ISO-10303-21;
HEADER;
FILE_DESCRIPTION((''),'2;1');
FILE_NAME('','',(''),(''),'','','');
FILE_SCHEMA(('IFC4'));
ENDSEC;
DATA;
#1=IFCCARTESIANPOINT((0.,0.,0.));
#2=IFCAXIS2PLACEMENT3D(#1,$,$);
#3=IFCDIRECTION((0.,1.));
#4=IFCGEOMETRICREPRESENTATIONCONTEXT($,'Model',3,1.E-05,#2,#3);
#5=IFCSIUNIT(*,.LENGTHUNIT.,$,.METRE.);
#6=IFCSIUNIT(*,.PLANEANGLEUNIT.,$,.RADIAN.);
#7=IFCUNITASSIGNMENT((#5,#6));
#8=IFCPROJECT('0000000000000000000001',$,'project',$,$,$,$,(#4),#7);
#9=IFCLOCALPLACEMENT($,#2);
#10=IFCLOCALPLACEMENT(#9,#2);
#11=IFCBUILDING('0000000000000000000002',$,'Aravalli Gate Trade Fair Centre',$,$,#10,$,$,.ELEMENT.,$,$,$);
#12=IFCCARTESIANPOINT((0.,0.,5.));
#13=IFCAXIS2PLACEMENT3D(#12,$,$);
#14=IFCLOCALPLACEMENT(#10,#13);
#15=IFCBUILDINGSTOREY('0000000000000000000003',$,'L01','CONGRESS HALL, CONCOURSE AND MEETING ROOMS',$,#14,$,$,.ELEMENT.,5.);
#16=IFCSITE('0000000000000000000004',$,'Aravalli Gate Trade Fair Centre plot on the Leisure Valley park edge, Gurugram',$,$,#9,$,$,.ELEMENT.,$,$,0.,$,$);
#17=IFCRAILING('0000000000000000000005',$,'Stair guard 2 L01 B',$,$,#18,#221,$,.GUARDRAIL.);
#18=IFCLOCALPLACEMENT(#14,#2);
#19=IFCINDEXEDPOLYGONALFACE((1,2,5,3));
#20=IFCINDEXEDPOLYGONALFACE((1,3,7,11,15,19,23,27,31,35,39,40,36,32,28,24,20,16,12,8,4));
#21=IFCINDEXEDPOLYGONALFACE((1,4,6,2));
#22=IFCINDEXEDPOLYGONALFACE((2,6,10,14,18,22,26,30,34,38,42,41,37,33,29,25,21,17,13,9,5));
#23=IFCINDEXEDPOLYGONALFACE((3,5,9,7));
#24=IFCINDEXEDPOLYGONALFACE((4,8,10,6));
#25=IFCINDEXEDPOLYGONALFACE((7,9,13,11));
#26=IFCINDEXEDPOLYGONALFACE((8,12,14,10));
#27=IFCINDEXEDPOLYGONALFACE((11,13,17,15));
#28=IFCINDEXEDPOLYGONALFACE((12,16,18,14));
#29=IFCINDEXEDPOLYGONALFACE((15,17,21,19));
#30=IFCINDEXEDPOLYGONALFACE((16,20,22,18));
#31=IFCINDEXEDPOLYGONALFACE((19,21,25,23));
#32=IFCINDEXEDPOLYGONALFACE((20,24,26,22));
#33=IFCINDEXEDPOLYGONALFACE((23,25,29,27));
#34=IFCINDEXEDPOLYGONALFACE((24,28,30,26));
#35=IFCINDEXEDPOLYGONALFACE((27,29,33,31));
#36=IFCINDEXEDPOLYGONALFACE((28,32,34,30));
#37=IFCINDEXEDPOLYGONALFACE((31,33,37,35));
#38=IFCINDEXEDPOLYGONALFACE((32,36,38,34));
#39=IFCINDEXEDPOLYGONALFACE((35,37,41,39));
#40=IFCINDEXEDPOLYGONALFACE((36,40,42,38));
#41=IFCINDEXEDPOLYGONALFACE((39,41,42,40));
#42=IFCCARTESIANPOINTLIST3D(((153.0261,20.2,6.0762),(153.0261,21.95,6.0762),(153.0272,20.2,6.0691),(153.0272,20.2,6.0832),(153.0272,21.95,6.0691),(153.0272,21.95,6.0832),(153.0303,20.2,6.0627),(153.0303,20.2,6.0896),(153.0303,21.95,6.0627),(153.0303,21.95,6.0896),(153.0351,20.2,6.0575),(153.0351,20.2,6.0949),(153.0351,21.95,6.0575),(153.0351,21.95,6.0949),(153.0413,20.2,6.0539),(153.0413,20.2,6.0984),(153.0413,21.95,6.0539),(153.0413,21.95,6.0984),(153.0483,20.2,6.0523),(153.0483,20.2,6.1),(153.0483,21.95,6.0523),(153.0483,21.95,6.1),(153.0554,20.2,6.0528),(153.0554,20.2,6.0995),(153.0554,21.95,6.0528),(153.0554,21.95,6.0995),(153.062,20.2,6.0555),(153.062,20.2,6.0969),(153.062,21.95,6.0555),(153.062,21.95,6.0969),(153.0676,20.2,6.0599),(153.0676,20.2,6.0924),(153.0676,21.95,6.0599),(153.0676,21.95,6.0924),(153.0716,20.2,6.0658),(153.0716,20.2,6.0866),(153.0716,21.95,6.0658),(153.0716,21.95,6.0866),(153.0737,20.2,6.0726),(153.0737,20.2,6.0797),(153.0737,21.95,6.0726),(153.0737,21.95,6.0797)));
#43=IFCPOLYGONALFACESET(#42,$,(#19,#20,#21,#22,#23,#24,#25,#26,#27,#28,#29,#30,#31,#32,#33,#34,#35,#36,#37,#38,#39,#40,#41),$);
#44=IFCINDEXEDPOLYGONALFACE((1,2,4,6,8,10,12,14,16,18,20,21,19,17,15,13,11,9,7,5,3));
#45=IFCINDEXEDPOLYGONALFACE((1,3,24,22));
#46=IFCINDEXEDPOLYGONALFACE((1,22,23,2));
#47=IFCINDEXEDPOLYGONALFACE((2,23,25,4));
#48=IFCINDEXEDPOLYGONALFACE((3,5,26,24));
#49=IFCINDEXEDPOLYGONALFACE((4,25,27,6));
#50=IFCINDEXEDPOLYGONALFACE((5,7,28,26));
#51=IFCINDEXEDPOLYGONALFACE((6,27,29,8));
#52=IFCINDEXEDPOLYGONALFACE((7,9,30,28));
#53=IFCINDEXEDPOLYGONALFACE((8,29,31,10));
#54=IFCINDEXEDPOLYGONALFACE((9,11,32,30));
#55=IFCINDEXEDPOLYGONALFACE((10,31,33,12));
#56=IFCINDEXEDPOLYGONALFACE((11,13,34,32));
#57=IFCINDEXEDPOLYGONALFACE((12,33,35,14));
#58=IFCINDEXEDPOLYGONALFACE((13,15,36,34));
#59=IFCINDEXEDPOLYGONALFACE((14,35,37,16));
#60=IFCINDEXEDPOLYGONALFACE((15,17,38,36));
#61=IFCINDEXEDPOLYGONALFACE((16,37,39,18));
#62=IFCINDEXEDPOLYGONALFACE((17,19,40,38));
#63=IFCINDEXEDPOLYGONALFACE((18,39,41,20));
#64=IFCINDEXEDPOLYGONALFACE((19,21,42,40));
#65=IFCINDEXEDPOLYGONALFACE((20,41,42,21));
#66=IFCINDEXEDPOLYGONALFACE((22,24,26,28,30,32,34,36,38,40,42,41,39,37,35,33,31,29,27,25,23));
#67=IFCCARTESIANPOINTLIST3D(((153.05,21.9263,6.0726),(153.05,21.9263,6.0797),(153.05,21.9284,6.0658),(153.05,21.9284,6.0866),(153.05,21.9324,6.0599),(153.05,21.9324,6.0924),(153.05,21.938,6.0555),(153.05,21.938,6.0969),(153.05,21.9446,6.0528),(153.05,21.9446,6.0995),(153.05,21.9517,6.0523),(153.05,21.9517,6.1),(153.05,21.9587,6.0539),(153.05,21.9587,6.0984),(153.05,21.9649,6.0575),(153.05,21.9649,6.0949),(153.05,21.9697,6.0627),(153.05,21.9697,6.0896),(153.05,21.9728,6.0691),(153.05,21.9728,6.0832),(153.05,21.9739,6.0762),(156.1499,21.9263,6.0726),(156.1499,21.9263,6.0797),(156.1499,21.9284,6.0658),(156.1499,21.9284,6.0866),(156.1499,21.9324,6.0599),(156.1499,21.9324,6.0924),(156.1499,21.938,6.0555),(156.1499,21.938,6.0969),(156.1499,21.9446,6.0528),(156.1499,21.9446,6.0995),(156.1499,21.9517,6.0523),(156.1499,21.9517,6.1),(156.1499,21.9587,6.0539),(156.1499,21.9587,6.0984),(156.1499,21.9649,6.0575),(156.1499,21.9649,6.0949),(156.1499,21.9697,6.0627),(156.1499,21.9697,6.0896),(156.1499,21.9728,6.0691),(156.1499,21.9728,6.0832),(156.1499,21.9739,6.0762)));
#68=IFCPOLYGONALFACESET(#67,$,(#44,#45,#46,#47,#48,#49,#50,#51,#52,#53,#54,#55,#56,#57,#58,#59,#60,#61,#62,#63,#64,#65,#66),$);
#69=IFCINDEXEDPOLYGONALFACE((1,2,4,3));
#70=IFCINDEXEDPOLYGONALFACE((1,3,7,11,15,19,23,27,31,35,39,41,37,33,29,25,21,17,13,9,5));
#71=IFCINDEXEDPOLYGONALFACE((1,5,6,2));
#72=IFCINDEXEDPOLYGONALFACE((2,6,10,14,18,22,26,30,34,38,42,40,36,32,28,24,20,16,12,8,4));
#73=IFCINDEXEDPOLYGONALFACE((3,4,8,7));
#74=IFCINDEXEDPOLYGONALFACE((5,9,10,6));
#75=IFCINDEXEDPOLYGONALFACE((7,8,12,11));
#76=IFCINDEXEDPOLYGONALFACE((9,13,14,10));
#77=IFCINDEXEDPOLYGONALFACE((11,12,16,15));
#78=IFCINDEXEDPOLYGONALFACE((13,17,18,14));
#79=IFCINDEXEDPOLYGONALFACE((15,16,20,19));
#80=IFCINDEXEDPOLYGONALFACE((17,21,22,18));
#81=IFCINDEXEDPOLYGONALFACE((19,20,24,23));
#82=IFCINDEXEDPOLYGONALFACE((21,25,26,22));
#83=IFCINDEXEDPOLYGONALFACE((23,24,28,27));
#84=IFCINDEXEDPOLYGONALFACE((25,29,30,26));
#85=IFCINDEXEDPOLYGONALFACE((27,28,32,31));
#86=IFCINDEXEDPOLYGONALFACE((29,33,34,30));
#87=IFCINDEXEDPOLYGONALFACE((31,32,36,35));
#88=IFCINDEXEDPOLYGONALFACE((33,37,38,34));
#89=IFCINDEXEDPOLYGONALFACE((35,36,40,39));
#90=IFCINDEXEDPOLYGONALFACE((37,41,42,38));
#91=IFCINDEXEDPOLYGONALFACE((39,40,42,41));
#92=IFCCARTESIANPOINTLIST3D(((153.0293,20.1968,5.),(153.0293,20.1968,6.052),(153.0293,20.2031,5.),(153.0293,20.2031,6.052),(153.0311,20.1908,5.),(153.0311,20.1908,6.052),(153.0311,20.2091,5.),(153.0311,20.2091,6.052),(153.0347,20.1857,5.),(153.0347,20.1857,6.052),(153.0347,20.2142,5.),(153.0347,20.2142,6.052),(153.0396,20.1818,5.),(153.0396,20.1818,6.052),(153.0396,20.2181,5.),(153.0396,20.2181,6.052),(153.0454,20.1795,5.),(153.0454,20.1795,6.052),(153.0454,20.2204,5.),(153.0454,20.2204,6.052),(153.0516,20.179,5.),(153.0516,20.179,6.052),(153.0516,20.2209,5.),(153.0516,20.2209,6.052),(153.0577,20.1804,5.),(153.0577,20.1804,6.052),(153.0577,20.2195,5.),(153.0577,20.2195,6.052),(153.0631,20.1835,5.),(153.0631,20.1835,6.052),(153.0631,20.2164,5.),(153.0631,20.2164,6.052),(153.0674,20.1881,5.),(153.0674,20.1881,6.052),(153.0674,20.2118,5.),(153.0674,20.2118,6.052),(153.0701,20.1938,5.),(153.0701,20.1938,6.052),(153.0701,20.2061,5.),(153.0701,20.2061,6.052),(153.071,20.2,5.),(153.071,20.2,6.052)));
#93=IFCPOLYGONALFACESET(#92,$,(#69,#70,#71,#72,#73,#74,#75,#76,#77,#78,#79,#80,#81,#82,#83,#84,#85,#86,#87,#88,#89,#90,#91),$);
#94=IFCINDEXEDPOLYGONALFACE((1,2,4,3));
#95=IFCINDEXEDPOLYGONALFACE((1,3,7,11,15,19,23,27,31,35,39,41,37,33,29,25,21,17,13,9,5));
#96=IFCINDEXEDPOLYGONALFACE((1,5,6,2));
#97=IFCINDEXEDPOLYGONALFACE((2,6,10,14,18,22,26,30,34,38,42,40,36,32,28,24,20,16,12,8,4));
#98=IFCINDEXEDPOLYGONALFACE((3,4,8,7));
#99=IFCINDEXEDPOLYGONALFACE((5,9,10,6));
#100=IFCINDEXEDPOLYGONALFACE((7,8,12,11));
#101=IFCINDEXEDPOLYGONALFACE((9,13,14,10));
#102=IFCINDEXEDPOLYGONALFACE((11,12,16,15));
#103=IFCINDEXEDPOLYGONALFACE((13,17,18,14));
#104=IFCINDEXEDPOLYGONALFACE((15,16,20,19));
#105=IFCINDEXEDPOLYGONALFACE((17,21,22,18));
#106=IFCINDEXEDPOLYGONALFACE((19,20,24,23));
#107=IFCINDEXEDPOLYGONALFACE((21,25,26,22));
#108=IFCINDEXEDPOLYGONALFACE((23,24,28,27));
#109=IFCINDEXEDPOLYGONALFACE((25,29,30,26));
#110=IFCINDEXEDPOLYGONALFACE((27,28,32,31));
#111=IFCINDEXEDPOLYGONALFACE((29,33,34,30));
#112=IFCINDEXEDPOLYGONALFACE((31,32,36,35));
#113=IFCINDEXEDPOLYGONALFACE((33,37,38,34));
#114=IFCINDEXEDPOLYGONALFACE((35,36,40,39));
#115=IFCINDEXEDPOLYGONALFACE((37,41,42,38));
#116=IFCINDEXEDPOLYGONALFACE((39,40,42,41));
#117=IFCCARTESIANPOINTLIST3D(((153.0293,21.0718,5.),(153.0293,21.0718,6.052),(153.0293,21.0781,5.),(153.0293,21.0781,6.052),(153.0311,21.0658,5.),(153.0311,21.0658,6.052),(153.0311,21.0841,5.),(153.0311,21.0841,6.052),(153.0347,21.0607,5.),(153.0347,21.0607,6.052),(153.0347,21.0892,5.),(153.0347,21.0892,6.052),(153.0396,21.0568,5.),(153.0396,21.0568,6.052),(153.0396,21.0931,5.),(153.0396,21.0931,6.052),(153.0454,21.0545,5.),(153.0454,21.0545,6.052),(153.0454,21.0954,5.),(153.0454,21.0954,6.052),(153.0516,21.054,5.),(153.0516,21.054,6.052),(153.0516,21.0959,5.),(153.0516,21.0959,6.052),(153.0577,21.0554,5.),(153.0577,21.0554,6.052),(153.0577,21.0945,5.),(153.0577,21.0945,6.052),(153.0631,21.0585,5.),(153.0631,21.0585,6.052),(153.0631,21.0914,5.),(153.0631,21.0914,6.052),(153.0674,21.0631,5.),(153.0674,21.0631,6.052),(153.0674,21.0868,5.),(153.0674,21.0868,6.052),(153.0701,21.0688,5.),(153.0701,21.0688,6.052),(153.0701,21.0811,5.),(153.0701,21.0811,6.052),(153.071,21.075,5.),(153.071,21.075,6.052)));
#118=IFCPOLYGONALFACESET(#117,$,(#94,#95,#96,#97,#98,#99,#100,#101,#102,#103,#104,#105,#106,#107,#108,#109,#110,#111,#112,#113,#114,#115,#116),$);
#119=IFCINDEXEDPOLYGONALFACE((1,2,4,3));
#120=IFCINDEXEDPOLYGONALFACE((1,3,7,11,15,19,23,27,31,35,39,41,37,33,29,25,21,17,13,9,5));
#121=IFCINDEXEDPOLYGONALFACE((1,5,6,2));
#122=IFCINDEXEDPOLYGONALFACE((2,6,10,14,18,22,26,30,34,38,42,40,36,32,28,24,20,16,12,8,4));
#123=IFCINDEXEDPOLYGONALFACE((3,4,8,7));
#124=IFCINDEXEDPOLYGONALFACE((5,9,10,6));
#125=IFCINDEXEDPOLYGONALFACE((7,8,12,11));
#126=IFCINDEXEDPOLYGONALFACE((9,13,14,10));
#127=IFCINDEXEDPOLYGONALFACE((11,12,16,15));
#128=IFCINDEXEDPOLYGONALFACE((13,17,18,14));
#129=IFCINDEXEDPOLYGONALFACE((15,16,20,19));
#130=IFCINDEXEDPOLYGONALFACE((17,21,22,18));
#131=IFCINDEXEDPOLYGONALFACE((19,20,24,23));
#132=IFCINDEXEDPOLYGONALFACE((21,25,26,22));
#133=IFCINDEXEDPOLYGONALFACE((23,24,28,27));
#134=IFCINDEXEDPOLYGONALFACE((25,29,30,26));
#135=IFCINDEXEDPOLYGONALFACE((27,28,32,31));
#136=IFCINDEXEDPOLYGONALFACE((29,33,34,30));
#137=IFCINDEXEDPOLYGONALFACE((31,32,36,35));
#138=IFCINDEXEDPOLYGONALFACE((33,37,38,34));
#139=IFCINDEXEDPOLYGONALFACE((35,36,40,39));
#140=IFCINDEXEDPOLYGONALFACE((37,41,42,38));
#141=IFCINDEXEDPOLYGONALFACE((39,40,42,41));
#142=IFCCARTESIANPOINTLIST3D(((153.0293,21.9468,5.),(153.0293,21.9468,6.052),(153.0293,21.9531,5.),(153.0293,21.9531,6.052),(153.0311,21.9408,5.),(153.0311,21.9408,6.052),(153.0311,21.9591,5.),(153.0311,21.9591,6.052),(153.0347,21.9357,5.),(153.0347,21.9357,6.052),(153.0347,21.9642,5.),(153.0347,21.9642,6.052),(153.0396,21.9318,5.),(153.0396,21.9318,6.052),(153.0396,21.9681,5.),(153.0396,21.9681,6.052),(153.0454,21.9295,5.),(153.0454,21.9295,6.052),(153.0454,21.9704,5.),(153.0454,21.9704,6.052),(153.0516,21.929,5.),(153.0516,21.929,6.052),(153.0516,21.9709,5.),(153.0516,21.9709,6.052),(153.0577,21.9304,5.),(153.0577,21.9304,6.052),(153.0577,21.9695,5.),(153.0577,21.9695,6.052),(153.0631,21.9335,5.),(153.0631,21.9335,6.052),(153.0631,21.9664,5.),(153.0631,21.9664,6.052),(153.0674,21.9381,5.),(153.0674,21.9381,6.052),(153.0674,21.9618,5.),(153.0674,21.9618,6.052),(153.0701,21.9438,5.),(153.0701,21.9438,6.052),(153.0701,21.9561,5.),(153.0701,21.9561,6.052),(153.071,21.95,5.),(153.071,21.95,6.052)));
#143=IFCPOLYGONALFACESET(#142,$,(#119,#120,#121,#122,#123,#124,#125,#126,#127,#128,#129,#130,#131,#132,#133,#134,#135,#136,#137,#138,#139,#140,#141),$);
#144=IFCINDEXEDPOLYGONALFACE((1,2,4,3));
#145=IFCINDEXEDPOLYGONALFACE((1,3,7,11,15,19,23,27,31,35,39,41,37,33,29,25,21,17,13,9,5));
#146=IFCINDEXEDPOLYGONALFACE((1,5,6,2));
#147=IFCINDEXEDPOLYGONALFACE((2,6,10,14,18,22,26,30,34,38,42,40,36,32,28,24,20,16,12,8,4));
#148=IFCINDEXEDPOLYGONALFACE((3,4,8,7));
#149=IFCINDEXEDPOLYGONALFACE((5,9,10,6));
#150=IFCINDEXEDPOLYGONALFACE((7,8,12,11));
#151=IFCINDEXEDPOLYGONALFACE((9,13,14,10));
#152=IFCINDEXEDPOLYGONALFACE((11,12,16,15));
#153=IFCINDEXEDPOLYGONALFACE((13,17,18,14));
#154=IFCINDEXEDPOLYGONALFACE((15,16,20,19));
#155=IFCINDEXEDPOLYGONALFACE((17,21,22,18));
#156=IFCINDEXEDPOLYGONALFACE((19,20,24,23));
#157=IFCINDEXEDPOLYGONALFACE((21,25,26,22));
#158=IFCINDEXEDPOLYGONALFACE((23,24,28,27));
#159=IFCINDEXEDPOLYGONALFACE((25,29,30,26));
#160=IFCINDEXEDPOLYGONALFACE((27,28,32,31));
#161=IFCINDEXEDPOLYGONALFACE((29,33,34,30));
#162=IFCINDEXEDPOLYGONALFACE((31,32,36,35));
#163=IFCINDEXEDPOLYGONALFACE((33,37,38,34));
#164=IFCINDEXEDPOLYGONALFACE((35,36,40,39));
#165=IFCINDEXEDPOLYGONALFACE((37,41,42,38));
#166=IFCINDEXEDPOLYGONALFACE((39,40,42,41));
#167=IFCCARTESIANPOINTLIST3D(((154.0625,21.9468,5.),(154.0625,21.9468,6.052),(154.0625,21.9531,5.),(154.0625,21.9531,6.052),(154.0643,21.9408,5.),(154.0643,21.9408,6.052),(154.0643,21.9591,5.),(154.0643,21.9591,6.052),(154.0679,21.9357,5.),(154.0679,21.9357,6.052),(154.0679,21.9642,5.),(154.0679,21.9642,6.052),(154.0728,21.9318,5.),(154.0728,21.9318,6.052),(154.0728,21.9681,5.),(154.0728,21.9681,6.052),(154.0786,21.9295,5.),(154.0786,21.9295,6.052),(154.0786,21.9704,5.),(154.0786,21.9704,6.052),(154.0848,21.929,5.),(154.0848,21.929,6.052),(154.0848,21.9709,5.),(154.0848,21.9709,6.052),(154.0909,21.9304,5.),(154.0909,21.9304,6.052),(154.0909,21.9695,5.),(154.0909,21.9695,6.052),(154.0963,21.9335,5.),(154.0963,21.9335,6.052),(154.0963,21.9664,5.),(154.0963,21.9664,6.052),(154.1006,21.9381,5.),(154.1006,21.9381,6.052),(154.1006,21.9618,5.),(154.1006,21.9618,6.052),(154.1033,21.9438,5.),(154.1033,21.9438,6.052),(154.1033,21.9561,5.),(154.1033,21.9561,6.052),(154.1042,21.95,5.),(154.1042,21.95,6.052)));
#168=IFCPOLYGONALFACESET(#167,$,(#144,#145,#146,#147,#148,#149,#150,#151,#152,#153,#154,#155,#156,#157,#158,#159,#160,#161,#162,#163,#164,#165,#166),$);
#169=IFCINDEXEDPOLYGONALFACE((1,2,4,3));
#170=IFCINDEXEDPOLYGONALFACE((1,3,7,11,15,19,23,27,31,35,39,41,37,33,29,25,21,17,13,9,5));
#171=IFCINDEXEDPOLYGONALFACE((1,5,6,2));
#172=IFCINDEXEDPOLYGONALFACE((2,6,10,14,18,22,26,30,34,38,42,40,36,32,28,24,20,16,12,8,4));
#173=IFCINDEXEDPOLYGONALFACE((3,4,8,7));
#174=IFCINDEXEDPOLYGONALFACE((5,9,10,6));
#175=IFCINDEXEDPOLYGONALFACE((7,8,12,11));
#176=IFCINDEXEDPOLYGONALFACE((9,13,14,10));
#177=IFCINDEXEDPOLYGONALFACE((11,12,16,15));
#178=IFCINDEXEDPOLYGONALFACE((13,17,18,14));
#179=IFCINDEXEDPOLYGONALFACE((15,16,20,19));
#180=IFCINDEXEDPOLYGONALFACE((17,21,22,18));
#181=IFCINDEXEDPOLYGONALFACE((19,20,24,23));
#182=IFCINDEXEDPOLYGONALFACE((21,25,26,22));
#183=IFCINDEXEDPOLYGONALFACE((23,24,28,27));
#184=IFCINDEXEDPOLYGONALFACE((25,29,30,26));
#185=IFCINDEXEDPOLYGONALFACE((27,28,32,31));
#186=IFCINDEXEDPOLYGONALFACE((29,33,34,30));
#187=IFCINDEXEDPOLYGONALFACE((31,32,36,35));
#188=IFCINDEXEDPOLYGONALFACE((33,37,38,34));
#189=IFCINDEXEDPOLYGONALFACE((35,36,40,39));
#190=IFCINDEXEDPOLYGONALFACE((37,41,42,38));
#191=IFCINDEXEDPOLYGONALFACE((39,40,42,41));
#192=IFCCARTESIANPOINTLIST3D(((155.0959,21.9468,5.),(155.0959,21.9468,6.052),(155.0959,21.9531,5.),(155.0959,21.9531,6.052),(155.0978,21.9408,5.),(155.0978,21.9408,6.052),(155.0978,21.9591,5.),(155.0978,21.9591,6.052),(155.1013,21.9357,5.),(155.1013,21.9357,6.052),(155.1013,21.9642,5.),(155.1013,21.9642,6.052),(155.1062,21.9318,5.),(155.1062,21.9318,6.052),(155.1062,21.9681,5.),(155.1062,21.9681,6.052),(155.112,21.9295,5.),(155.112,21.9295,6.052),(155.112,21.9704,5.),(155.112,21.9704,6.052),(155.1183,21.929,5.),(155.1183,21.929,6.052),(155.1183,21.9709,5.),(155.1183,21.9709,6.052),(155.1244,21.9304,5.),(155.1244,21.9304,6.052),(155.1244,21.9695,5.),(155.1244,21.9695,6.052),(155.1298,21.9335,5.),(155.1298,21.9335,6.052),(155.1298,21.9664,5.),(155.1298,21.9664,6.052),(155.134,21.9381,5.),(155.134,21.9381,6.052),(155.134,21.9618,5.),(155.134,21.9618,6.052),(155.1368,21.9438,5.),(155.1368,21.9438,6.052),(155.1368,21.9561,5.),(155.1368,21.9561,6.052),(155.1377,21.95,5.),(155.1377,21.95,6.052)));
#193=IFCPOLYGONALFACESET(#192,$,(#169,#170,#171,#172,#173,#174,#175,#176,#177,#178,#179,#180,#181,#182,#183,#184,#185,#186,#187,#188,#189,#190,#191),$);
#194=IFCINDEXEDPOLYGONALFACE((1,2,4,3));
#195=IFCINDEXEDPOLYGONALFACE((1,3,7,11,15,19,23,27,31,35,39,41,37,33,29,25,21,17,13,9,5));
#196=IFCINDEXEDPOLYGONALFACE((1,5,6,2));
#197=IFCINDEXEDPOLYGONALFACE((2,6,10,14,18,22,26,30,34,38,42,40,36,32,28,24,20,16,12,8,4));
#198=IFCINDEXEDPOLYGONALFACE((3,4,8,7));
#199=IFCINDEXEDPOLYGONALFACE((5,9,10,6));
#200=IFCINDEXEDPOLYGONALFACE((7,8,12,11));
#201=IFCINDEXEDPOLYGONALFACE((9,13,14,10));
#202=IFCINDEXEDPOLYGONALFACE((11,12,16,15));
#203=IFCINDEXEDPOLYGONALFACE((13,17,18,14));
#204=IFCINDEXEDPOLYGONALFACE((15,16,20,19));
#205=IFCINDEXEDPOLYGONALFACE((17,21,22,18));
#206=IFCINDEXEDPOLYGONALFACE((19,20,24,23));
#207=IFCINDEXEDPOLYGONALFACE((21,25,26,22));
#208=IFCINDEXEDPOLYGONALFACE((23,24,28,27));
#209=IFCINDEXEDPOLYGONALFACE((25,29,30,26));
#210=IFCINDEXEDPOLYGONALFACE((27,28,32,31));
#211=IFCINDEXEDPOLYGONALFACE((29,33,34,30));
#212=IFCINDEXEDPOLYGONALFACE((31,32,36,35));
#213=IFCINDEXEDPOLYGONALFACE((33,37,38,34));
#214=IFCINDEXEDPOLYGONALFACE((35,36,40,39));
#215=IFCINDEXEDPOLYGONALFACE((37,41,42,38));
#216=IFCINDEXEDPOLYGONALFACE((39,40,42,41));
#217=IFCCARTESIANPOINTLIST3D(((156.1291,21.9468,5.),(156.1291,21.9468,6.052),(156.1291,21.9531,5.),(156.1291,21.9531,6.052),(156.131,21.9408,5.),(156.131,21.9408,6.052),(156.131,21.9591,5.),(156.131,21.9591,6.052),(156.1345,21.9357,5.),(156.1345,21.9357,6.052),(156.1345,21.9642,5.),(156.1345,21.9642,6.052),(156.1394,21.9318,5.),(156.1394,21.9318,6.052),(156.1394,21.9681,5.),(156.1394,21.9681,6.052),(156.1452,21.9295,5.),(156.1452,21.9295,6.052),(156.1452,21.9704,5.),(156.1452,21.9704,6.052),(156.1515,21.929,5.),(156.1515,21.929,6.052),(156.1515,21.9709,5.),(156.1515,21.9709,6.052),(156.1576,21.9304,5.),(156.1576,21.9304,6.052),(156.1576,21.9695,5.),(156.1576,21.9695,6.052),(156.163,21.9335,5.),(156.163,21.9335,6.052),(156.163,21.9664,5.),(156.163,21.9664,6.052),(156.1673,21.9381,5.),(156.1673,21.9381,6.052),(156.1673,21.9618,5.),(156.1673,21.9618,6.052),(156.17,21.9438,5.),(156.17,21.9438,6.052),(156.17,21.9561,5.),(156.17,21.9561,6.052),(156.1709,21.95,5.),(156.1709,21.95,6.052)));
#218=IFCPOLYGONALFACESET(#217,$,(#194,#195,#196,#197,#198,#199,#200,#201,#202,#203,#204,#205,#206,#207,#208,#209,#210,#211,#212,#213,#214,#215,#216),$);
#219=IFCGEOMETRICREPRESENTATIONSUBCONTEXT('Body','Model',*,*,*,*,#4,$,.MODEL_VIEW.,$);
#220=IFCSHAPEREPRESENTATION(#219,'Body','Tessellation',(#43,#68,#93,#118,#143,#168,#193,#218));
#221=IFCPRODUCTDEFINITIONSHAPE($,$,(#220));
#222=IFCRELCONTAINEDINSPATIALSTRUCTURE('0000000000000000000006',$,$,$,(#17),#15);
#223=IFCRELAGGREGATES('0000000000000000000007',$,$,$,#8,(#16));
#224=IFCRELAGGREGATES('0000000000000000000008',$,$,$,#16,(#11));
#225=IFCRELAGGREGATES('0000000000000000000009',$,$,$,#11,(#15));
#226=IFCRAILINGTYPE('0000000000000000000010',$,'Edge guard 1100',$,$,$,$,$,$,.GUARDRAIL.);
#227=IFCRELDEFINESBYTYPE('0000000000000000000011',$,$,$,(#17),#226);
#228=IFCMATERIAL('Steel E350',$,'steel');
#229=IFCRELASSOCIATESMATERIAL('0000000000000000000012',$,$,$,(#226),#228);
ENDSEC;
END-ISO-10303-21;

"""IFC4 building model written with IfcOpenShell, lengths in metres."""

from ifc_helpers import new_model, si_unit, direction, frame, origin, origin_2d, place, context, subcontext, project, spatial, circle, extrude, material, type_object, element, save


model = new_model("IFC4")

# Units and contexts
model_context = context("Model", 3, precision=1e-05, world=origin(), true_north=direction((0.0, 1.0)))
body_context = subcontext(model_context, "Body", "Model", "MODEL_VIEW")
ifc_project = project(units=[si_unit("LENGTHUNIT", "METRE"), si_unit("PLANEANGLEUNIT", "RADIAN")], contexts=[model_context])

# Site, building, storey
site_placement = place(None, origin())
site = spatial("IfcSite", under=ifc_project, at=site_placement, Name="Aravalli Gate Trade Fair Centre plot on the Leisure Valley park edge, Gurugram", CompositionType="ELEMENT", RefElevation=0.0)
building_placement = place(site_placement, origin())
building = spatial("IfcBuilding", under=site, at=building_placement, Name="Aravalli Gate Trade Fair Centre", CompositionType="ELEMENT")
storey_placement = place(building_placement, frame((0.0, 0.0, 5.0)))
storey = spatial("IfcBuildingStorey", under=building, at=storey_placement, Name="L01", Description="CONGRESS HALL, CONCOURSE AND MEETING ROOMS", CompositionType="ELEMENT", Elevation=5.0)

# Railing
ifc_material_1 = material(Name="Steel E350", Category="steel")
railing_type = type_object("IfcRailingType", Name="Edge guard 1100", PredefinedType="GUARDRAIL", material=ifc_material_1)
railing_1_placement = place(storey_placement, frame((153.05, 20.2, 5.0)))
element("IfcRailing", 1, at=railing_1_placement, inside=storey, type_object=railing_type, Name="Stair guard 2 L01 B", PredefinedType="GUARDRAIL", context=body_context, shape_type="SweptSolid", body=[
    extrude(circle(Radius=0.0239, at=origin_2d()), frame((0.0, 0.0, 1.0762), z_axis=(0.0, 1.0, 0.0), x_axis=(-1.0, 0.0, 0.0)), (0.0, 0.0, 1.0), 1.75),
    extrude(circle(Radius=0.0239, at=origin_2d()), frame((0.0, 1.75, 1.0762), z_axis=(1.0, 0.0, 0.0), x_axis=(0.0, 1.0, 0.0)), (0.0, 0.0, 1.0), 3.0999),
    extrude(circle(Radius=0.021, at=origin_2d()), origin(), (0.0, 0.0, 1.0), 1.052),
    extrude(circle(Radius=0.021, at=origin_2d()), frame((0.0, 0.875, 0.0)), (0.0, 0.0, 1.0), 1.052),
    extrude(circle(Radius=0.021, at=origin_2d()), frame((0.0, 1.75, 0.0)), (0.0, 0.0, 1.0), 1.052),
    extrude(circle(Radius=0.021, at=origin_2d()), frame((1.0332, 1.75, 0.0)), (0.0, 0.0, 1.0), 1.052),
    extrude(circle(Radius=0.021, at=origin_2d()), frame((2.0667, 1.75, 0.0)), (0.0, 0.0, 1.0), 1.052),
    extrude(circle(Radius=0.021, at=origin_2d()), frame((3.0999, 1.75, 0.0)), (0.0, 0.0, 1.0), 1.052),
])

save(model, "model.ifc")
